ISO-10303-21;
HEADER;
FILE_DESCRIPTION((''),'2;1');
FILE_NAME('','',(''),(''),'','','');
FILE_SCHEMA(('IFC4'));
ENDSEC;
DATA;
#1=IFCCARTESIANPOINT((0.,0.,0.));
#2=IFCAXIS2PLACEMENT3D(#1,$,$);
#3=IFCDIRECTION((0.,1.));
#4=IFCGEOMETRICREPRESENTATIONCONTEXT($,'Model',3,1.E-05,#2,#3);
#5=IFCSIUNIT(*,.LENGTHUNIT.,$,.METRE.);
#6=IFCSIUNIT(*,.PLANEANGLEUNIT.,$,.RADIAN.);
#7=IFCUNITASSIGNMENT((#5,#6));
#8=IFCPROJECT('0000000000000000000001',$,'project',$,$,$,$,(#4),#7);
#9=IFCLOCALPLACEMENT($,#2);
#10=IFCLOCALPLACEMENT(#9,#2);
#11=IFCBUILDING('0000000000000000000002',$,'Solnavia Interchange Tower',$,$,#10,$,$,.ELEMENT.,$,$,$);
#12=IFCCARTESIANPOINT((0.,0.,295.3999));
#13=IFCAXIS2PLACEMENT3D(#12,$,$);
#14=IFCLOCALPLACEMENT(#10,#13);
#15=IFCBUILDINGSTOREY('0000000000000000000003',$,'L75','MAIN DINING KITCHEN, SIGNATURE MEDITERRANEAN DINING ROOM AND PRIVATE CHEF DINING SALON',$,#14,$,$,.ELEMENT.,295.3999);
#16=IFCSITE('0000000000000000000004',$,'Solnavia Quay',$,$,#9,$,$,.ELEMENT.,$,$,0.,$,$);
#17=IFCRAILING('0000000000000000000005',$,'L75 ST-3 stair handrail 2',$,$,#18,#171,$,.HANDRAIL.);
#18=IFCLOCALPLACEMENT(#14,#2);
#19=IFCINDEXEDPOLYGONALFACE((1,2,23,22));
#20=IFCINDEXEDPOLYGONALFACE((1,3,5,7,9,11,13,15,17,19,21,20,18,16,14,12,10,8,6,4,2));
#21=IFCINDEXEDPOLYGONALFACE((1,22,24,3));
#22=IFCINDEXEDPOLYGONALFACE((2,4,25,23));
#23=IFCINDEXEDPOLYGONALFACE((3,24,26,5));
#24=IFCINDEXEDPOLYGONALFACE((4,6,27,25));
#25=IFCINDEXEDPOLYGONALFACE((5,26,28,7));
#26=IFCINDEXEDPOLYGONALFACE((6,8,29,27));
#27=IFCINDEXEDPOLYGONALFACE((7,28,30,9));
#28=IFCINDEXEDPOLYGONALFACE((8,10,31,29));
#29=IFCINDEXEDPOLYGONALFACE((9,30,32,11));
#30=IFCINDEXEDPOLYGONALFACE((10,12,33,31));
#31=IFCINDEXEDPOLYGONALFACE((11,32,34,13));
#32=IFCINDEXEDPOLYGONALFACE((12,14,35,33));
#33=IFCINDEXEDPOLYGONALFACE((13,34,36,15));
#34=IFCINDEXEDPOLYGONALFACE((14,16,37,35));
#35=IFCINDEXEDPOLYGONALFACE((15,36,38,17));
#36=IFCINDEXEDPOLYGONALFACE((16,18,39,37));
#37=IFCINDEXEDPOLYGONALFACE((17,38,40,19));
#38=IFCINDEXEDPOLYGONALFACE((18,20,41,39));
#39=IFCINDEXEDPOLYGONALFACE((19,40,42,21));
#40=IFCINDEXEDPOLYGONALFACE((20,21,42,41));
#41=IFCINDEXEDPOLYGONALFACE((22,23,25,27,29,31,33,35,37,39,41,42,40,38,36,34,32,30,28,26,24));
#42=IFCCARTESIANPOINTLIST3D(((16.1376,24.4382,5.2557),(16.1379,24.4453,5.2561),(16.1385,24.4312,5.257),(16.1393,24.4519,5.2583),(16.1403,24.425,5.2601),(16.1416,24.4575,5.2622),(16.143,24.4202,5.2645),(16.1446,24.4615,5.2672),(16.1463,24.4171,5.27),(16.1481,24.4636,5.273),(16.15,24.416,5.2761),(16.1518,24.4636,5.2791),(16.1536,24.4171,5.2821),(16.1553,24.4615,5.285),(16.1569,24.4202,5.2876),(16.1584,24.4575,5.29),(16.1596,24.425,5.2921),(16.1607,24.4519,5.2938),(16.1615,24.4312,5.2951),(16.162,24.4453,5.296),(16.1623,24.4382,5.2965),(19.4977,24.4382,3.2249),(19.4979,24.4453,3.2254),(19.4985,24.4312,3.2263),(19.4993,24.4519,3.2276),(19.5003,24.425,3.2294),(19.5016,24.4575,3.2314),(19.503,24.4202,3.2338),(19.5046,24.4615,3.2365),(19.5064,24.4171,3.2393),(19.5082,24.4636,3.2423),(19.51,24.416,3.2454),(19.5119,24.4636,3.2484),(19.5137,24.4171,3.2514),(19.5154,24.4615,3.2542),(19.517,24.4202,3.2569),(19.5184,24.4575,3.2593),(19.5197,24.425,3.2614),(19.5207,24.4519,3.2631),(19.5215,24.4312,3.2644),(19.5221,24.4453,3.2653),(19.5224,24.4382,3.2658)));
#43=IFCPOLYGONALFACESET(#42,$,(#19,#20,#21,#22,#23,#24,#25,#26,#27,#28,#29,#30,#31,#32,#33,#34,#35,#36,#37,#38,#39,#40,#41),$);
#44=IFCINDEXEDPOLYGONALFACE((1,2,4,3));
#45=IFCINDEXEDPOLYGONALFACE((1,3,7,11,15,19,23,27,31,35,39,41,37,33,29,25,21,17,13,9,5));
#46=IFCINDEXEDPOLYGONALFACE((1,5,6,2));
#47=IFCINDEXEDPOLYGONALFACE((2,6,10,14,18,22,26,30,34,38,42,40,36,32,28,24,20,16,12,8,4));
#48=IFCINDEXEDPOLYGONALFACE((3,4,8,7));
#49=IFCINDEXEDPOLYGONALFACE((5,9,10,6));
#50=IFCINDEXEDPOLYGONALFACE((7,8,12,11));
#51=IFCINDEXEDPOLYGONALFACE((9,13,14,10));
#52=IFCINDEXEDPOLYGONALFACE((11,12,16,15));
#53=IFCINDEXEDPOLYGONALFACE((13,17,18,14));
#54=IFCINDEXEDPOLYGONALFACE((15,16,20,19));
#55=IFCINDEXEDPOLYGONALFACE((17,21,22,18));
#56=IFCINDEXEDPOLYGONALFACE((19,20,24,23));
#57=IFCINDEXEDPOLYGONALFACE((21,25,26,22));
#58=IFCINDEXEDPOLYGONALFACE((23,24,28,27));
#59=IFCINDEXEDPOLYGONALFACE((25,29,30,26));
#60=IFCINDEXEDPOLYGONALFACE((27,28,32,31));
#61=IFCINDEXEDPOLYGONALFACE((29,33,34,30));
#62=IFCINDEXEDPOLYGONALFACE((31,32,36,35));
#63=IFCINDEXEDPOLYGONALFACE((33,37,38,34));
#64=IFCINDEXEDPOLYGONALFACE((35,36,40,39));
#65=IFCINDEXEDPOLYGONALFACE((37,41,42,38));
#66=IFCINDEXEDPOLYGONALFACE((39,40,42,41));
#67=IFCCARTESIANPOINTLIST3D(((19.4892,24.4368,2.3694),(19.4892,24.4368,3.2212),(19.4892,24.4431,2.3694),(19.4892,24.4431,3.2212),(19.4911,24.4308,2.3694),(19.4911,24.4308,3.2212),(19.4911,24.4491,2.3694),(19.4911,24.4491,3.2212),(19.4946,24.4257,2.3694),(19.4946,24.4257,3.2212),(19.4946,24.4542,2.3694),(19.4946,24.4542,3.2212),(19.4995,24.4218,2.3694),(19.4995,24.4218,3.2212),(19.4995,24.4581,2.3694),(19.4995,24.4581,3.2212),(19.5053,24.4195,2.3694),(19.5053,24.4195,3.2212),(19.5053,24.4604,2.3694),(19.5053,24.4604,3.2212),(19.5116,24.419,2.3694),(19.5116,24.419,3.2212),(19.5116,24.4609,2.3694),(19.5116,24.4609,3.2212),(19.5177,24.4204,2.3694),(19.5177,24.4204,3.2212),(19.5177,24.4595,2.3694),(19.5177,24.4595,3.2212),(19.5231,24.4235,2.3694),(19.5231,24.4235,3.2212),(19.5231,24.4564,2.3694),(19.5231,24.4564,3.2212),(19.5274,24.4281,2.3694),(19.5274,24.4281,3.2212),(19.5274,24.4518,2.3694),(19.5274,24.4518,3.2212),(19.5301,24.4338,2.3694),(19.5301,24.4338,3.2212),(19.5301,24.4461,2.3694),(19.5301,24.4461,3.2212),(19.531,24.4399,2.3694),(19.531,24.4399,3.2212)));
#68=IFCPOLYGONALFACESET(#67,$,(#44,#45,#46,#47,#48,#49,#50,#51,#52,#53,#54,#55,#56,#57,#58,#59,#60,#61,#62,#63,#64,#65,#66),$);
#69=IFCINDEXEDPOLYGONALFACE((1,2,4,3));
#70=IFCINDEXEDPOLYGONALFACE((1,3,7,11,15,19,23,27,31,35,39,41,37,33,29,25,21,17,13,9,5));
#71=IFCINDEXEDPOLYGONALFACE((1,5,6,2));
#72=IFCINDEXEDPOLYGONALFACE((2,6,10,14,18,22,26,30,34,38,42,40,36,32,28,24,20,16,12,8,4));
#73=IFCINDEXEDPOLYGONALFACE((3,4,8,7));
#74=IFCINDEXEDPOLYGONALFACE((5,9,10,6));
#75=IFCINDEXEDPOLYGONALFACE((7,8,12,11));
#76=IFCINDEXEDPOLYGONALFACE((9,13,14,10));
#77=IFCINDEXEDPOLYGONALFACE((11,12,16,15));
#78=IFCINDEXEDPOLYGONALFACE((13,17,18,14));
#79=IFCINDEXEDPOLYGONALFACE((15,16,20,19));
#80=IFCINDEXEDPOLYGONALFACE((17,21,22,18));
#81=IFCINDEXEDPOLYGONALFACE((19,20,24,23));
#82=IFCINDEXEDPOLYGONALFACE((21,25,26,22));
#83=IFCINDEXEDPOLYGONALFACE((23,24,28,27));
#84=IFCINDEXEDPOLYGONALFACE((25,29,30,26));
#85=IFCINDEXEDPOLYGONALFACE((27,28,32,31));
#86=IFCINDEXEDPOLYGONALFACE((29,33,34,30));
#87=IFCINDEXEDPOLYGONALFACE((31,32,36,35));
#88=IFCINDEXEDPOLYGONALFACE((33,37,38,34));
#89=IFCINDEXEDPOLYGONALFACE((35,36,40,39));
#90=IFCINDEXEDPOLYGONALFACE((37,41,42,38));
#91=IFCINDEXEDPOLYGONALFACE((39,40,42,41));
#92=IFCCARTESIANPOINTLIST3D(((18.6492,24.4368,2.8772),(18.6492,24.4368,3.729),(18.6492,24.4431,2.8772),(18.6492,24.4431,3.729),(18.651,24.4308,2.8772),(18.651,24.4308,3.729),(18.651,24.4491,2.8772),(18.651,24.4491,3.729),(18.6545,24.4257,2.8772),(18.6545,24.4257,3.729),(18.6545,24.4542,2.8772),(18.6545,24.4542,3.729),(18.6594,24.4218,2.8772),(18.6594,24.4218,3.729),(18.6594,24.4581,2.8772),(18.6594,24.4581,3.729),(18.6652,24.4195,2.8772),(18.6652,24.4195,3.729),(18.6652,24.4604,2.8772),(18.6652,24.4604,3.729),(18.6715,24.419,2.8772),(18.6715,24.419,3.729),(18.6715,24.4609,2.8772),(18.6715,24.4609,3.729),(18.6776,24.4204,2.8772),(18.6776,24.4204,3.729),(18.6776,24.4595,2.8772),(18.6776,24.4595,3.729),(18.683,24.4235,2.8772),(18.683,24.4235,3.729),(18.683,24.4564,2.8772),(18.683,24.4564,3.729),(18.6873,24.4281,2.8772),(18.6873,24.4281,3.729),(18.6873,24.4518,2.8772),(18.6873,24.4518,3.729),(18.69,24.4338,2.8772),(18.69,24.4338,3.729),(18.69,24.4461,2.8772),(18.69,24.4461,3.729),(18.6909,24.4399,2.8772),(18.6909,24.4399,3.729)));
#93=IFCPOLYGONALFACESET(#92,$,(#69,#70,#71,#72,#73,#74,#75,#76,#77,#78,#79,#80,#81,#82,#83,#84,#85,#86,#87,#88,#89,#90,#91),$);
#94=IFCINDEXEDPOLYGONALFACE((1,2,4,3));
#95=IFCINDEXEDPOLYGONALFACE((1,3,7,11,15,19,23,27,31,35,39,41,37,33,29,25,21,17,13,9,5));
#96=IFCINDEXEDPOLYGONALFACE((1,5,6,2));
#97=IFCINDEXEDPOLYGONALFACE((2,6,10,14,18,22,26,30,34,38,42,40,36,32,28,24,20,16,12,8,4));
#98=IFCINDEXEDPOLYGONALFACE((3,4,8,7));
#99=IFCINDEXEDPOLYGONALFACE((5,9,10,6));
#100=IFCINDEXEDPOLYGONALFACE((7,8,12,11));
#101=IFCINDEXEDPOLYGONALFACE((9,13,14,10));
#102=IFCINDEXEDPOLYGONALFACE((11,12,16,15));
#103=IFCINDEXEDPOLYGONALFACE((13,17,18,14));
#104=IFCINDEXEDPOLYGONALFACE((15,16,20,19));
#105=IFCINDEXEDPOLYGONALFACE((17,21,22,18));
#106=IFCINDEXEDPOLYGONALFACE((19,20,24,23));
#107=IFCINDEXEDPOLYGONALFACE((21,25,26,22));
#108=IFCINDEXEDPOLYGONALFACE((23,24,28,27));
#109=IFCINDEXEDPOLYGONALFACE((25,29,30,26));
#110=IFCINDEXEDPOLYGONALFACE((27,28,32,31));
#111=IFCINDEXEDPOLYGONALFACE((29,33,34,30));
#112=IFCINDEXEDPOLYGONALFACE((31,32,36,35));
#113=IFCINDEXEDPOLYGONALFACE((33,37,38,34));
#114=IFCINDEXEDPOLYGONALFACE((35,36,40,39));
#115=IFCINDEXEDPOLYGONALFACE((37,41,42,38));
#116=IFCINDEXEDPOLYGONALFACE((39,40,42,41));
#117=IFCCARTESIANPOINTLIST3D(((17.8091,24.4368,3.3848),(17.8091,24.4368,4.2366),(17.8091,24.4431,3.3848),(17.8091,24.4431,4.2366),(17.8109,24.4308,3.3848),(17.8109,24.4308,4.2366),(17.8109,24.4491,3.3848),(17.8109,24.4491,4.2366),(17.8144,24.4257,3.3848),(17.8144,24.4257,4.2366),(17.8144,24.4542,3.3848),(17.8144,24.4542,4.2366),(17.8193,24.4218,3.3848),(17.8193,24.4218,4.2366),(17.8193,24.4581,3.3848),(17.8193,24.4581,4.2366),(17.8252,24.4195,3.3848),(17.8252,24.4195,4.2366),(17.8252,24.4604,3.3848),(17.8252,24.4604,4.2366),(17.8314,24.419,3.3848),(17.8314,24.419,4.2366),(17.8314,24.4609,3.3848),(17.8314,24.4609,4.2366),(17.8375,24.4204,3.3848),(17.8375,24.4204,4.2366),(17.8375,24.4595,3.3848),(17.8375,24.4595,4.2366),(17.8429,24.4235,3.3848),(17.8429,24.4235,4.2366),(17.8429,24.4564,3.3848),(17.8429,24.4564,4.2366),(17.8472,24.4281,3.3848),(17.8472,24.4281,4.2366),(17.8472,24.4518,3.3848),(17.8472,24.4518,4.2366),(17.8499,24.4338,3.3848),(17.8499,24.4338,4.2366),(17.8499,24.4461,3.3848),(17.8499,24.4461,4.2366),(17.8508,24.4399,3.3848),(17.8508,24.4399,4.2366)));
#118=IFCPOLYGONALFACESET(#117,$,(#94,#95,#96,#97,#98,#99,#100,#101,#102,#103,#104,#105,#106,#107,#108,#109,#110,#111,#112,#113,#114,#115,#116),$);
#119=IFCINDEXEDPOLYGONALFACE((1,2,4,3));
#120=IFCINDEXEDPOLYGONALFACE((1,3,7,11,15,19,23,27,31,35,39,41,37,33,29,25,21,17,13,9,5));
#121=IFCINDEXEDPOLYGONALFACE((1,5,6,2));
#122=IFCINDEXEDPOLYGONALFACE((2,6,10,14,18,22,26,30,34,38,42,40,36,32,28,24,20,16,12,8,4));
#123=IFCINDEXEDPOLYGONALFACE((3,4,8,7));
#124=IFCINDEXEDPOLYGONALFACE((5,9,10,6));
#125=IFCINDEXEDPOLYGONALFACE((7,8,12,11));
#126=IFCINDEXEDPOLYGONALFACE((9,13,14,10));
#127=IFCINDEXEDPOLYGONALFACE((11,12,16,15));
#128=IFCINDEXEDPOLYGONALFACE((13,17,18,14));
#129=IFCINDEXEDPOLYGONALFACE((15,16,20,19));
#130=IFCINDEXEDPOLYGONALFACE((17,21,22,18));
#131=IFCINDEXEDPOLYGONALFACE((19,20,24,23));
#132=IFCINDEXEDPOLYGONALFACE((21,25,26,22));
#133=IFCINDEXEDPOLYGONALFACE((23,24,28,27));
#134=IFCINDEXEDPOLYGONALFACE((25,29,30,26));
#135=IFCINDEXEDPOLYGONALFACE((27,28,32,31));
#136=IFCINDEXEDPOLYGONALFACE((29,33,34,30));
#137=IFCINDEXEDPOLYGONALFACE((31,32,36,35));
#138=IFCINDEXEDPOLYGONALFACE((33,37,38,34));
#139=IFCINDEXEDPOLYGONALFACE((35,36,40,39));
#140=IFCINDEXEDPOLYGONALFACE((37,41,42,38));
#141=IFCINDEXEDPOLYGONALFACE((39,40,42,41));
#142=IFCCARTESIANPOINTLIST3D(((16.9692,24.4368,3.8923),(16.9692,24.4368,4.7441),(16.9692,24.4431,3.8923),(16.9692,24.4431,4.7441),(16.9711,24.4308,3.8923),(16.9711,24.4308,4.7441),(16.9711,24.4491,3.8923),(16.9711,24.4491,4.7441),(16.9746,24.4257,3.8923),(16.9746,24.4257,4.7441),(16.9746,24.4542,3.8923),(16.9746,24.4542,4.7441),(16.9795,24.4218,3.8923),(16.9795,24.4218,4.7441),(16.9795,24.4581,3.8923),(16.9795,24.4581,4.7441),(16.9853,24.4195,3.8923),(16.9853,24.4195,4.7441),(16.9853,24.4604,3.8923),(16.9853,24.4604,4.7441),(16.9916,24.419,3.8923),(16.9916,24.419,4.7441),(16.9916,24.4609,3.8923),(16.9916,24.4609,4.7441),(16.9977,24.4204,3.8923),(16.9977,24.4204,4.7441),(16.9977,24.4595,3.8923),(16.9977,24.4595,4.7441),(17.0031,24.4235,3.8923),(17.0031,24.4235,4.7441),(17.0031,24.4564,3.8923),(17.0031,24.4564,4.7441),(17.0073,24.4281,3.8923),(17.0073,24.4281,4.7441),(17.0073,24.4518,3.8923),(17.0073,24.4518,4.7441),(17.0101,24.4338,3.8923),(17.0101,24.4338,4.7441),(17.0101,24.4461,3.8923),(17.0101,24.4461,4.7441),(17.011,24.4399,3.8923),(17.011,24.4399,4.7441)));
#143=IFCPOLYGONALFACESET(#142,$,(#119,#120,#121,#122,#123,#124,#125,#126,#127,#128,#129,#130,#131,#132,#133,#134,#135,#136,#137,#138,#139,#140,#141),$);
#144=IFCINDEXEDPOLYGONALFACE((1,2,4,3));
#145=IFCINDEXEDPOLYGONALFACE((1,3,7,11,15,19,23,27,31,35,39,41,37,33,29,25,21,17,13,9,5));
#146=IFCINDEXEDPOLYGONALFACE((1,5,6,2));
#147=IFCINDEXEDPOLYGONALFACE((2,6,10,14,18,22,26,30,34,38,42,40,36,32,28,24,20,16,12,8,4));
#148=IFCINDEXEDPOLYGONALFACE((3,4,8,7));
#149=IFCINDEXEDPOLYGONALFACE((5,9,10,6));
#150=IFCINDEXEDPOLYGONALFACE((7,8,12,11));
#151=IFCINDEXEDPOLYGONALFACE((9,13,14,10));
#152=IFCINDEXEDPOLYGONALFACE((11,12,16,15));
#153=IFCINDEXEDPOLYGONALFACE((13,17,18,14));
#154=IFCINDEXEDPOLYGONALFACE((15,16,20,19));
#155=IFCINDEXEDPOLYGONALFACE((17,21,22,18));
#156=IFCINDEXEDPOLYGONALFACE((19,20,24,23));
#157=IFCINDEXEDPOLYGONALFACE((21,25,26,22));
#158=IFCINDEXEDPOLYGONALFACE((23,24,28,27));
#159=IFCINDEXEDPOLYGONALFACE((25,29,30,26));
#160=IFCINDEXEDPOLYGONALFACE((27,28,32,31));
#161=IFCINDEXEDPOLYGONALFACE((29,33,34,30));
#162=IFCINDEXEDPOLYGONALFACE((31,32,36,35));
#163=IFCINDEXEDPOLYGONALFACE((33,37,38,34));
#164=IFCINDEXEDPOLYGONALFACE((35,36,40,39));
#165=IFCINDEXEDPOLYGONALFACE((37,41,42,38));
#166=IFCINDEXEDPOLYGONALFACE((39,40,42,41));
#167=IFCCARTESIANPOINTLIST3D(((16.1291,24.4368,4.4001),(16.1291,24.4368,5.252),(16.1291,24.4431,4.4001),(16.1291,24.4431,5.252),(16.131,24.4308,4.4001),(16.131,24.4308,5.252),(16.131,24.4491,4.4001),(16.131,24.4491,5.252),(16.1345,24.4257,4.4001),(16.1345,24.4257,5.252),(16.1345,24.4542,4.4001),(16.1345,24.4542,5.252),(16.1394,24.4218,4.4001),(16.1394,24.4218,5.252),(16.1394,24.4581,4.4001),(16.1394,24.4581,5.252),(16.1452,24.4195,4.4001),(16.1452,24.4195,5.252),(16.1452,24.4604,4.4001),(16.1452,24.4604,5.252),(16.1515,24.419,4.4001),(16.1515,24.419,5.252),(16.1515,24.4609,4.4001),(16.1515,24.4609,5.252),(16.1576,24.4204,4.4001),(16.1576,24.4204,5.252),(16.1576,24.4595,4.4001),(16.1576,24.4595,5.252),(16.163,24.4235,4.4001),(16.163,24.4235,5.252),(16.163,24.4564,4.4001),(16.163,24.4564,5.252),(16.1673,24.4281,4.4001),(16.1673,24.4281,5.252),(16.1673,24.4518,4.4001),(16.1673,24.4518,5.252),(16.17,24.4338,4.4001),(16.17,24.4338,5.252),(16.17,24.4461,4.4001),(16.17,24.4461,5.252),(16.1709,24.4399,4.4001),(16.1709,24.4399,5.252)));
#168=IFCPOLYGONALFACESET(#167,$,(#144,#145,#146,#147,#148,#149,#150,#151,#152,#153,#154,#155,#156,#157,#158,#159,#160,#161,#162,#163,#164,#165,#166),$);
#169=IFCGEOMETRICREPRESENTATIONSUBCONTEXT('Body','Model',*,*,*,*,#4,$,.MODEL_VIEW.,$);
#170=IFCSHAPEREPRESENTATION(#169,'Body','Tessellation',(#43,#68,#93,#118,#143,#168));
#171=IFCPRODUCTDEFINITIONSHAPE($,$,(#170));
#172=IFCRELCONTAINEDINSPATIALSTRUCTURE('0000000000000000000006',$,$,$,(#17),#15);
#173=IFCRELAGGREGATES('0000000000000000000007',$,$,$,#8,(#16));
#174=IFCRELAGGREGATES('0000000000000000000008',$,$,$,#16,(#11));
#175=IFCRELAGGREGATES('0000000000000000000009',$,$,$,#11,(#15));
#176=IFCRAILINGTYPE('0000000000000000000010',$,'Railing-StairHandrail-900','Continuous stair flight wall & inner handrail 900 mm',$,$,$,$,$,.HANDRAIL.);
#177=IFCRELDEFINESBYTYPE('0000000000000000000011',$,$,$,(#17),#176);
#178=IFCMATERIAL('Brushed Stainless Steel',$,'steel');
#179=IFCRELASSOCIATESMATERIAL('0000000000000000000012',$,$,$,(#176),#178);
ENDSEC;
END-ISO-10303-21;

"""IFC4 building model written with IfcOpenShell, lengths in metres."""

from ifc_helpers import new_model, si_unit, direction, frame, origin, origin_2d, place, context, subcontext, project, spatial, circle, extrude, material, type_object, element, save


model = new_model("IFC4")

# Units and contexts
model_context = context("Model", 3, precision=1e-05, world=origin(), true_north=direction((0.0, 1.0)))
body_context = subcontext(model_context, "Body", "Model", "MODEL_VIEW")
ifc_project = project(units=[si_unit("LENGTHUNIT", "METRE"), si_unit("PLANEANGLEUNIT", "RADIAN")], contexts=[model_context])

# Site, building, storey
site_placement = place(None, origin())
site = spatial("IfcSite", under=ifc_project, at=site_placement, Name="Solnavia Quay", CompositionType="ELEMENT", RefElevation=0.0)
building_placement = place(site_placement, origin())
building = spatial("IfcBuilding", under=site, at=building_placement, Name="Solnavia Interchange Tower", CompositionType="ELEMENT")
storey_placement = place(building_placement, frame((0.0, 0.0, 295.3999)))
storey = spatial("IfcBuildingStorey", under=building, at=storey_placement, Name="L75", Description="MAIN DINING KITCHEN, SIGNATURE MEDITERRANEAN DINING ROOM AND PRIVATE CHEF DINING SALON", CompositionType="ELEMENT", Elevation=295.3999)

# Railing
ifc_material_1 = material(Name="Brushed Stainless Steel", Category="steel")
railing_type_1 = type_object("IfcRailingType", Name="Railing-StairHandrail-900", Description="Continuous stair flight wall & inner handrail 900 mm", PredefinedType="HANDRAIL", material=ifc_material_1)
railing_1_placement = place(storey_placement, frame((19.51, 24.4399, 2.3694)))
element("IfcRailing", 1, at=railing_1_placement, inside=storey, type_object=railing_type_1, Name="L75 ST-3 stair handrail 2", PredefinedType="HANDRAIL", context=body_context, shape_type="SweptSolid", body=[
    extrude(circle(Radius=0.0239, at=origin_2d()), frame((0.0, 0.0, 0.876), z_axis=(-0.855837, 0.0, 0.517246), x_axis=(0.0, -1.0, 0.0)), (0.0, 0.0, 1.0), 3.926),
    extrude(circle(Radius=0.021, at=origin_2d()), origin(), (0.0, 0.0, 1.0), 0.8518),
    extrude(circle(Radius=0.021, at=origin_2d()), frame((-0.8401, 0.0, 0.5078)), (0.0, 0.0, 1.0), 0.8518),
    extrude(circle(Radius=0.021, at=origin_2d()), frame((-1.6802, 0.0, 1.0154)), (0.0, 0.0, 1.0), 0.8518),
    extrude(circle(Radius=0.021, at=origin_2d()), frame((-2.52, 0.0, 1.5229)), (0.0, 0.0, 1.0), 0.8518),
    extrude(circle(Radius=0.021, at=origin_2d()), frame((-3.3601, 0.0, 2.0308)), (0.0, 0.0, 1.0), 0.8518),
])

save(model, "model.ifc")
